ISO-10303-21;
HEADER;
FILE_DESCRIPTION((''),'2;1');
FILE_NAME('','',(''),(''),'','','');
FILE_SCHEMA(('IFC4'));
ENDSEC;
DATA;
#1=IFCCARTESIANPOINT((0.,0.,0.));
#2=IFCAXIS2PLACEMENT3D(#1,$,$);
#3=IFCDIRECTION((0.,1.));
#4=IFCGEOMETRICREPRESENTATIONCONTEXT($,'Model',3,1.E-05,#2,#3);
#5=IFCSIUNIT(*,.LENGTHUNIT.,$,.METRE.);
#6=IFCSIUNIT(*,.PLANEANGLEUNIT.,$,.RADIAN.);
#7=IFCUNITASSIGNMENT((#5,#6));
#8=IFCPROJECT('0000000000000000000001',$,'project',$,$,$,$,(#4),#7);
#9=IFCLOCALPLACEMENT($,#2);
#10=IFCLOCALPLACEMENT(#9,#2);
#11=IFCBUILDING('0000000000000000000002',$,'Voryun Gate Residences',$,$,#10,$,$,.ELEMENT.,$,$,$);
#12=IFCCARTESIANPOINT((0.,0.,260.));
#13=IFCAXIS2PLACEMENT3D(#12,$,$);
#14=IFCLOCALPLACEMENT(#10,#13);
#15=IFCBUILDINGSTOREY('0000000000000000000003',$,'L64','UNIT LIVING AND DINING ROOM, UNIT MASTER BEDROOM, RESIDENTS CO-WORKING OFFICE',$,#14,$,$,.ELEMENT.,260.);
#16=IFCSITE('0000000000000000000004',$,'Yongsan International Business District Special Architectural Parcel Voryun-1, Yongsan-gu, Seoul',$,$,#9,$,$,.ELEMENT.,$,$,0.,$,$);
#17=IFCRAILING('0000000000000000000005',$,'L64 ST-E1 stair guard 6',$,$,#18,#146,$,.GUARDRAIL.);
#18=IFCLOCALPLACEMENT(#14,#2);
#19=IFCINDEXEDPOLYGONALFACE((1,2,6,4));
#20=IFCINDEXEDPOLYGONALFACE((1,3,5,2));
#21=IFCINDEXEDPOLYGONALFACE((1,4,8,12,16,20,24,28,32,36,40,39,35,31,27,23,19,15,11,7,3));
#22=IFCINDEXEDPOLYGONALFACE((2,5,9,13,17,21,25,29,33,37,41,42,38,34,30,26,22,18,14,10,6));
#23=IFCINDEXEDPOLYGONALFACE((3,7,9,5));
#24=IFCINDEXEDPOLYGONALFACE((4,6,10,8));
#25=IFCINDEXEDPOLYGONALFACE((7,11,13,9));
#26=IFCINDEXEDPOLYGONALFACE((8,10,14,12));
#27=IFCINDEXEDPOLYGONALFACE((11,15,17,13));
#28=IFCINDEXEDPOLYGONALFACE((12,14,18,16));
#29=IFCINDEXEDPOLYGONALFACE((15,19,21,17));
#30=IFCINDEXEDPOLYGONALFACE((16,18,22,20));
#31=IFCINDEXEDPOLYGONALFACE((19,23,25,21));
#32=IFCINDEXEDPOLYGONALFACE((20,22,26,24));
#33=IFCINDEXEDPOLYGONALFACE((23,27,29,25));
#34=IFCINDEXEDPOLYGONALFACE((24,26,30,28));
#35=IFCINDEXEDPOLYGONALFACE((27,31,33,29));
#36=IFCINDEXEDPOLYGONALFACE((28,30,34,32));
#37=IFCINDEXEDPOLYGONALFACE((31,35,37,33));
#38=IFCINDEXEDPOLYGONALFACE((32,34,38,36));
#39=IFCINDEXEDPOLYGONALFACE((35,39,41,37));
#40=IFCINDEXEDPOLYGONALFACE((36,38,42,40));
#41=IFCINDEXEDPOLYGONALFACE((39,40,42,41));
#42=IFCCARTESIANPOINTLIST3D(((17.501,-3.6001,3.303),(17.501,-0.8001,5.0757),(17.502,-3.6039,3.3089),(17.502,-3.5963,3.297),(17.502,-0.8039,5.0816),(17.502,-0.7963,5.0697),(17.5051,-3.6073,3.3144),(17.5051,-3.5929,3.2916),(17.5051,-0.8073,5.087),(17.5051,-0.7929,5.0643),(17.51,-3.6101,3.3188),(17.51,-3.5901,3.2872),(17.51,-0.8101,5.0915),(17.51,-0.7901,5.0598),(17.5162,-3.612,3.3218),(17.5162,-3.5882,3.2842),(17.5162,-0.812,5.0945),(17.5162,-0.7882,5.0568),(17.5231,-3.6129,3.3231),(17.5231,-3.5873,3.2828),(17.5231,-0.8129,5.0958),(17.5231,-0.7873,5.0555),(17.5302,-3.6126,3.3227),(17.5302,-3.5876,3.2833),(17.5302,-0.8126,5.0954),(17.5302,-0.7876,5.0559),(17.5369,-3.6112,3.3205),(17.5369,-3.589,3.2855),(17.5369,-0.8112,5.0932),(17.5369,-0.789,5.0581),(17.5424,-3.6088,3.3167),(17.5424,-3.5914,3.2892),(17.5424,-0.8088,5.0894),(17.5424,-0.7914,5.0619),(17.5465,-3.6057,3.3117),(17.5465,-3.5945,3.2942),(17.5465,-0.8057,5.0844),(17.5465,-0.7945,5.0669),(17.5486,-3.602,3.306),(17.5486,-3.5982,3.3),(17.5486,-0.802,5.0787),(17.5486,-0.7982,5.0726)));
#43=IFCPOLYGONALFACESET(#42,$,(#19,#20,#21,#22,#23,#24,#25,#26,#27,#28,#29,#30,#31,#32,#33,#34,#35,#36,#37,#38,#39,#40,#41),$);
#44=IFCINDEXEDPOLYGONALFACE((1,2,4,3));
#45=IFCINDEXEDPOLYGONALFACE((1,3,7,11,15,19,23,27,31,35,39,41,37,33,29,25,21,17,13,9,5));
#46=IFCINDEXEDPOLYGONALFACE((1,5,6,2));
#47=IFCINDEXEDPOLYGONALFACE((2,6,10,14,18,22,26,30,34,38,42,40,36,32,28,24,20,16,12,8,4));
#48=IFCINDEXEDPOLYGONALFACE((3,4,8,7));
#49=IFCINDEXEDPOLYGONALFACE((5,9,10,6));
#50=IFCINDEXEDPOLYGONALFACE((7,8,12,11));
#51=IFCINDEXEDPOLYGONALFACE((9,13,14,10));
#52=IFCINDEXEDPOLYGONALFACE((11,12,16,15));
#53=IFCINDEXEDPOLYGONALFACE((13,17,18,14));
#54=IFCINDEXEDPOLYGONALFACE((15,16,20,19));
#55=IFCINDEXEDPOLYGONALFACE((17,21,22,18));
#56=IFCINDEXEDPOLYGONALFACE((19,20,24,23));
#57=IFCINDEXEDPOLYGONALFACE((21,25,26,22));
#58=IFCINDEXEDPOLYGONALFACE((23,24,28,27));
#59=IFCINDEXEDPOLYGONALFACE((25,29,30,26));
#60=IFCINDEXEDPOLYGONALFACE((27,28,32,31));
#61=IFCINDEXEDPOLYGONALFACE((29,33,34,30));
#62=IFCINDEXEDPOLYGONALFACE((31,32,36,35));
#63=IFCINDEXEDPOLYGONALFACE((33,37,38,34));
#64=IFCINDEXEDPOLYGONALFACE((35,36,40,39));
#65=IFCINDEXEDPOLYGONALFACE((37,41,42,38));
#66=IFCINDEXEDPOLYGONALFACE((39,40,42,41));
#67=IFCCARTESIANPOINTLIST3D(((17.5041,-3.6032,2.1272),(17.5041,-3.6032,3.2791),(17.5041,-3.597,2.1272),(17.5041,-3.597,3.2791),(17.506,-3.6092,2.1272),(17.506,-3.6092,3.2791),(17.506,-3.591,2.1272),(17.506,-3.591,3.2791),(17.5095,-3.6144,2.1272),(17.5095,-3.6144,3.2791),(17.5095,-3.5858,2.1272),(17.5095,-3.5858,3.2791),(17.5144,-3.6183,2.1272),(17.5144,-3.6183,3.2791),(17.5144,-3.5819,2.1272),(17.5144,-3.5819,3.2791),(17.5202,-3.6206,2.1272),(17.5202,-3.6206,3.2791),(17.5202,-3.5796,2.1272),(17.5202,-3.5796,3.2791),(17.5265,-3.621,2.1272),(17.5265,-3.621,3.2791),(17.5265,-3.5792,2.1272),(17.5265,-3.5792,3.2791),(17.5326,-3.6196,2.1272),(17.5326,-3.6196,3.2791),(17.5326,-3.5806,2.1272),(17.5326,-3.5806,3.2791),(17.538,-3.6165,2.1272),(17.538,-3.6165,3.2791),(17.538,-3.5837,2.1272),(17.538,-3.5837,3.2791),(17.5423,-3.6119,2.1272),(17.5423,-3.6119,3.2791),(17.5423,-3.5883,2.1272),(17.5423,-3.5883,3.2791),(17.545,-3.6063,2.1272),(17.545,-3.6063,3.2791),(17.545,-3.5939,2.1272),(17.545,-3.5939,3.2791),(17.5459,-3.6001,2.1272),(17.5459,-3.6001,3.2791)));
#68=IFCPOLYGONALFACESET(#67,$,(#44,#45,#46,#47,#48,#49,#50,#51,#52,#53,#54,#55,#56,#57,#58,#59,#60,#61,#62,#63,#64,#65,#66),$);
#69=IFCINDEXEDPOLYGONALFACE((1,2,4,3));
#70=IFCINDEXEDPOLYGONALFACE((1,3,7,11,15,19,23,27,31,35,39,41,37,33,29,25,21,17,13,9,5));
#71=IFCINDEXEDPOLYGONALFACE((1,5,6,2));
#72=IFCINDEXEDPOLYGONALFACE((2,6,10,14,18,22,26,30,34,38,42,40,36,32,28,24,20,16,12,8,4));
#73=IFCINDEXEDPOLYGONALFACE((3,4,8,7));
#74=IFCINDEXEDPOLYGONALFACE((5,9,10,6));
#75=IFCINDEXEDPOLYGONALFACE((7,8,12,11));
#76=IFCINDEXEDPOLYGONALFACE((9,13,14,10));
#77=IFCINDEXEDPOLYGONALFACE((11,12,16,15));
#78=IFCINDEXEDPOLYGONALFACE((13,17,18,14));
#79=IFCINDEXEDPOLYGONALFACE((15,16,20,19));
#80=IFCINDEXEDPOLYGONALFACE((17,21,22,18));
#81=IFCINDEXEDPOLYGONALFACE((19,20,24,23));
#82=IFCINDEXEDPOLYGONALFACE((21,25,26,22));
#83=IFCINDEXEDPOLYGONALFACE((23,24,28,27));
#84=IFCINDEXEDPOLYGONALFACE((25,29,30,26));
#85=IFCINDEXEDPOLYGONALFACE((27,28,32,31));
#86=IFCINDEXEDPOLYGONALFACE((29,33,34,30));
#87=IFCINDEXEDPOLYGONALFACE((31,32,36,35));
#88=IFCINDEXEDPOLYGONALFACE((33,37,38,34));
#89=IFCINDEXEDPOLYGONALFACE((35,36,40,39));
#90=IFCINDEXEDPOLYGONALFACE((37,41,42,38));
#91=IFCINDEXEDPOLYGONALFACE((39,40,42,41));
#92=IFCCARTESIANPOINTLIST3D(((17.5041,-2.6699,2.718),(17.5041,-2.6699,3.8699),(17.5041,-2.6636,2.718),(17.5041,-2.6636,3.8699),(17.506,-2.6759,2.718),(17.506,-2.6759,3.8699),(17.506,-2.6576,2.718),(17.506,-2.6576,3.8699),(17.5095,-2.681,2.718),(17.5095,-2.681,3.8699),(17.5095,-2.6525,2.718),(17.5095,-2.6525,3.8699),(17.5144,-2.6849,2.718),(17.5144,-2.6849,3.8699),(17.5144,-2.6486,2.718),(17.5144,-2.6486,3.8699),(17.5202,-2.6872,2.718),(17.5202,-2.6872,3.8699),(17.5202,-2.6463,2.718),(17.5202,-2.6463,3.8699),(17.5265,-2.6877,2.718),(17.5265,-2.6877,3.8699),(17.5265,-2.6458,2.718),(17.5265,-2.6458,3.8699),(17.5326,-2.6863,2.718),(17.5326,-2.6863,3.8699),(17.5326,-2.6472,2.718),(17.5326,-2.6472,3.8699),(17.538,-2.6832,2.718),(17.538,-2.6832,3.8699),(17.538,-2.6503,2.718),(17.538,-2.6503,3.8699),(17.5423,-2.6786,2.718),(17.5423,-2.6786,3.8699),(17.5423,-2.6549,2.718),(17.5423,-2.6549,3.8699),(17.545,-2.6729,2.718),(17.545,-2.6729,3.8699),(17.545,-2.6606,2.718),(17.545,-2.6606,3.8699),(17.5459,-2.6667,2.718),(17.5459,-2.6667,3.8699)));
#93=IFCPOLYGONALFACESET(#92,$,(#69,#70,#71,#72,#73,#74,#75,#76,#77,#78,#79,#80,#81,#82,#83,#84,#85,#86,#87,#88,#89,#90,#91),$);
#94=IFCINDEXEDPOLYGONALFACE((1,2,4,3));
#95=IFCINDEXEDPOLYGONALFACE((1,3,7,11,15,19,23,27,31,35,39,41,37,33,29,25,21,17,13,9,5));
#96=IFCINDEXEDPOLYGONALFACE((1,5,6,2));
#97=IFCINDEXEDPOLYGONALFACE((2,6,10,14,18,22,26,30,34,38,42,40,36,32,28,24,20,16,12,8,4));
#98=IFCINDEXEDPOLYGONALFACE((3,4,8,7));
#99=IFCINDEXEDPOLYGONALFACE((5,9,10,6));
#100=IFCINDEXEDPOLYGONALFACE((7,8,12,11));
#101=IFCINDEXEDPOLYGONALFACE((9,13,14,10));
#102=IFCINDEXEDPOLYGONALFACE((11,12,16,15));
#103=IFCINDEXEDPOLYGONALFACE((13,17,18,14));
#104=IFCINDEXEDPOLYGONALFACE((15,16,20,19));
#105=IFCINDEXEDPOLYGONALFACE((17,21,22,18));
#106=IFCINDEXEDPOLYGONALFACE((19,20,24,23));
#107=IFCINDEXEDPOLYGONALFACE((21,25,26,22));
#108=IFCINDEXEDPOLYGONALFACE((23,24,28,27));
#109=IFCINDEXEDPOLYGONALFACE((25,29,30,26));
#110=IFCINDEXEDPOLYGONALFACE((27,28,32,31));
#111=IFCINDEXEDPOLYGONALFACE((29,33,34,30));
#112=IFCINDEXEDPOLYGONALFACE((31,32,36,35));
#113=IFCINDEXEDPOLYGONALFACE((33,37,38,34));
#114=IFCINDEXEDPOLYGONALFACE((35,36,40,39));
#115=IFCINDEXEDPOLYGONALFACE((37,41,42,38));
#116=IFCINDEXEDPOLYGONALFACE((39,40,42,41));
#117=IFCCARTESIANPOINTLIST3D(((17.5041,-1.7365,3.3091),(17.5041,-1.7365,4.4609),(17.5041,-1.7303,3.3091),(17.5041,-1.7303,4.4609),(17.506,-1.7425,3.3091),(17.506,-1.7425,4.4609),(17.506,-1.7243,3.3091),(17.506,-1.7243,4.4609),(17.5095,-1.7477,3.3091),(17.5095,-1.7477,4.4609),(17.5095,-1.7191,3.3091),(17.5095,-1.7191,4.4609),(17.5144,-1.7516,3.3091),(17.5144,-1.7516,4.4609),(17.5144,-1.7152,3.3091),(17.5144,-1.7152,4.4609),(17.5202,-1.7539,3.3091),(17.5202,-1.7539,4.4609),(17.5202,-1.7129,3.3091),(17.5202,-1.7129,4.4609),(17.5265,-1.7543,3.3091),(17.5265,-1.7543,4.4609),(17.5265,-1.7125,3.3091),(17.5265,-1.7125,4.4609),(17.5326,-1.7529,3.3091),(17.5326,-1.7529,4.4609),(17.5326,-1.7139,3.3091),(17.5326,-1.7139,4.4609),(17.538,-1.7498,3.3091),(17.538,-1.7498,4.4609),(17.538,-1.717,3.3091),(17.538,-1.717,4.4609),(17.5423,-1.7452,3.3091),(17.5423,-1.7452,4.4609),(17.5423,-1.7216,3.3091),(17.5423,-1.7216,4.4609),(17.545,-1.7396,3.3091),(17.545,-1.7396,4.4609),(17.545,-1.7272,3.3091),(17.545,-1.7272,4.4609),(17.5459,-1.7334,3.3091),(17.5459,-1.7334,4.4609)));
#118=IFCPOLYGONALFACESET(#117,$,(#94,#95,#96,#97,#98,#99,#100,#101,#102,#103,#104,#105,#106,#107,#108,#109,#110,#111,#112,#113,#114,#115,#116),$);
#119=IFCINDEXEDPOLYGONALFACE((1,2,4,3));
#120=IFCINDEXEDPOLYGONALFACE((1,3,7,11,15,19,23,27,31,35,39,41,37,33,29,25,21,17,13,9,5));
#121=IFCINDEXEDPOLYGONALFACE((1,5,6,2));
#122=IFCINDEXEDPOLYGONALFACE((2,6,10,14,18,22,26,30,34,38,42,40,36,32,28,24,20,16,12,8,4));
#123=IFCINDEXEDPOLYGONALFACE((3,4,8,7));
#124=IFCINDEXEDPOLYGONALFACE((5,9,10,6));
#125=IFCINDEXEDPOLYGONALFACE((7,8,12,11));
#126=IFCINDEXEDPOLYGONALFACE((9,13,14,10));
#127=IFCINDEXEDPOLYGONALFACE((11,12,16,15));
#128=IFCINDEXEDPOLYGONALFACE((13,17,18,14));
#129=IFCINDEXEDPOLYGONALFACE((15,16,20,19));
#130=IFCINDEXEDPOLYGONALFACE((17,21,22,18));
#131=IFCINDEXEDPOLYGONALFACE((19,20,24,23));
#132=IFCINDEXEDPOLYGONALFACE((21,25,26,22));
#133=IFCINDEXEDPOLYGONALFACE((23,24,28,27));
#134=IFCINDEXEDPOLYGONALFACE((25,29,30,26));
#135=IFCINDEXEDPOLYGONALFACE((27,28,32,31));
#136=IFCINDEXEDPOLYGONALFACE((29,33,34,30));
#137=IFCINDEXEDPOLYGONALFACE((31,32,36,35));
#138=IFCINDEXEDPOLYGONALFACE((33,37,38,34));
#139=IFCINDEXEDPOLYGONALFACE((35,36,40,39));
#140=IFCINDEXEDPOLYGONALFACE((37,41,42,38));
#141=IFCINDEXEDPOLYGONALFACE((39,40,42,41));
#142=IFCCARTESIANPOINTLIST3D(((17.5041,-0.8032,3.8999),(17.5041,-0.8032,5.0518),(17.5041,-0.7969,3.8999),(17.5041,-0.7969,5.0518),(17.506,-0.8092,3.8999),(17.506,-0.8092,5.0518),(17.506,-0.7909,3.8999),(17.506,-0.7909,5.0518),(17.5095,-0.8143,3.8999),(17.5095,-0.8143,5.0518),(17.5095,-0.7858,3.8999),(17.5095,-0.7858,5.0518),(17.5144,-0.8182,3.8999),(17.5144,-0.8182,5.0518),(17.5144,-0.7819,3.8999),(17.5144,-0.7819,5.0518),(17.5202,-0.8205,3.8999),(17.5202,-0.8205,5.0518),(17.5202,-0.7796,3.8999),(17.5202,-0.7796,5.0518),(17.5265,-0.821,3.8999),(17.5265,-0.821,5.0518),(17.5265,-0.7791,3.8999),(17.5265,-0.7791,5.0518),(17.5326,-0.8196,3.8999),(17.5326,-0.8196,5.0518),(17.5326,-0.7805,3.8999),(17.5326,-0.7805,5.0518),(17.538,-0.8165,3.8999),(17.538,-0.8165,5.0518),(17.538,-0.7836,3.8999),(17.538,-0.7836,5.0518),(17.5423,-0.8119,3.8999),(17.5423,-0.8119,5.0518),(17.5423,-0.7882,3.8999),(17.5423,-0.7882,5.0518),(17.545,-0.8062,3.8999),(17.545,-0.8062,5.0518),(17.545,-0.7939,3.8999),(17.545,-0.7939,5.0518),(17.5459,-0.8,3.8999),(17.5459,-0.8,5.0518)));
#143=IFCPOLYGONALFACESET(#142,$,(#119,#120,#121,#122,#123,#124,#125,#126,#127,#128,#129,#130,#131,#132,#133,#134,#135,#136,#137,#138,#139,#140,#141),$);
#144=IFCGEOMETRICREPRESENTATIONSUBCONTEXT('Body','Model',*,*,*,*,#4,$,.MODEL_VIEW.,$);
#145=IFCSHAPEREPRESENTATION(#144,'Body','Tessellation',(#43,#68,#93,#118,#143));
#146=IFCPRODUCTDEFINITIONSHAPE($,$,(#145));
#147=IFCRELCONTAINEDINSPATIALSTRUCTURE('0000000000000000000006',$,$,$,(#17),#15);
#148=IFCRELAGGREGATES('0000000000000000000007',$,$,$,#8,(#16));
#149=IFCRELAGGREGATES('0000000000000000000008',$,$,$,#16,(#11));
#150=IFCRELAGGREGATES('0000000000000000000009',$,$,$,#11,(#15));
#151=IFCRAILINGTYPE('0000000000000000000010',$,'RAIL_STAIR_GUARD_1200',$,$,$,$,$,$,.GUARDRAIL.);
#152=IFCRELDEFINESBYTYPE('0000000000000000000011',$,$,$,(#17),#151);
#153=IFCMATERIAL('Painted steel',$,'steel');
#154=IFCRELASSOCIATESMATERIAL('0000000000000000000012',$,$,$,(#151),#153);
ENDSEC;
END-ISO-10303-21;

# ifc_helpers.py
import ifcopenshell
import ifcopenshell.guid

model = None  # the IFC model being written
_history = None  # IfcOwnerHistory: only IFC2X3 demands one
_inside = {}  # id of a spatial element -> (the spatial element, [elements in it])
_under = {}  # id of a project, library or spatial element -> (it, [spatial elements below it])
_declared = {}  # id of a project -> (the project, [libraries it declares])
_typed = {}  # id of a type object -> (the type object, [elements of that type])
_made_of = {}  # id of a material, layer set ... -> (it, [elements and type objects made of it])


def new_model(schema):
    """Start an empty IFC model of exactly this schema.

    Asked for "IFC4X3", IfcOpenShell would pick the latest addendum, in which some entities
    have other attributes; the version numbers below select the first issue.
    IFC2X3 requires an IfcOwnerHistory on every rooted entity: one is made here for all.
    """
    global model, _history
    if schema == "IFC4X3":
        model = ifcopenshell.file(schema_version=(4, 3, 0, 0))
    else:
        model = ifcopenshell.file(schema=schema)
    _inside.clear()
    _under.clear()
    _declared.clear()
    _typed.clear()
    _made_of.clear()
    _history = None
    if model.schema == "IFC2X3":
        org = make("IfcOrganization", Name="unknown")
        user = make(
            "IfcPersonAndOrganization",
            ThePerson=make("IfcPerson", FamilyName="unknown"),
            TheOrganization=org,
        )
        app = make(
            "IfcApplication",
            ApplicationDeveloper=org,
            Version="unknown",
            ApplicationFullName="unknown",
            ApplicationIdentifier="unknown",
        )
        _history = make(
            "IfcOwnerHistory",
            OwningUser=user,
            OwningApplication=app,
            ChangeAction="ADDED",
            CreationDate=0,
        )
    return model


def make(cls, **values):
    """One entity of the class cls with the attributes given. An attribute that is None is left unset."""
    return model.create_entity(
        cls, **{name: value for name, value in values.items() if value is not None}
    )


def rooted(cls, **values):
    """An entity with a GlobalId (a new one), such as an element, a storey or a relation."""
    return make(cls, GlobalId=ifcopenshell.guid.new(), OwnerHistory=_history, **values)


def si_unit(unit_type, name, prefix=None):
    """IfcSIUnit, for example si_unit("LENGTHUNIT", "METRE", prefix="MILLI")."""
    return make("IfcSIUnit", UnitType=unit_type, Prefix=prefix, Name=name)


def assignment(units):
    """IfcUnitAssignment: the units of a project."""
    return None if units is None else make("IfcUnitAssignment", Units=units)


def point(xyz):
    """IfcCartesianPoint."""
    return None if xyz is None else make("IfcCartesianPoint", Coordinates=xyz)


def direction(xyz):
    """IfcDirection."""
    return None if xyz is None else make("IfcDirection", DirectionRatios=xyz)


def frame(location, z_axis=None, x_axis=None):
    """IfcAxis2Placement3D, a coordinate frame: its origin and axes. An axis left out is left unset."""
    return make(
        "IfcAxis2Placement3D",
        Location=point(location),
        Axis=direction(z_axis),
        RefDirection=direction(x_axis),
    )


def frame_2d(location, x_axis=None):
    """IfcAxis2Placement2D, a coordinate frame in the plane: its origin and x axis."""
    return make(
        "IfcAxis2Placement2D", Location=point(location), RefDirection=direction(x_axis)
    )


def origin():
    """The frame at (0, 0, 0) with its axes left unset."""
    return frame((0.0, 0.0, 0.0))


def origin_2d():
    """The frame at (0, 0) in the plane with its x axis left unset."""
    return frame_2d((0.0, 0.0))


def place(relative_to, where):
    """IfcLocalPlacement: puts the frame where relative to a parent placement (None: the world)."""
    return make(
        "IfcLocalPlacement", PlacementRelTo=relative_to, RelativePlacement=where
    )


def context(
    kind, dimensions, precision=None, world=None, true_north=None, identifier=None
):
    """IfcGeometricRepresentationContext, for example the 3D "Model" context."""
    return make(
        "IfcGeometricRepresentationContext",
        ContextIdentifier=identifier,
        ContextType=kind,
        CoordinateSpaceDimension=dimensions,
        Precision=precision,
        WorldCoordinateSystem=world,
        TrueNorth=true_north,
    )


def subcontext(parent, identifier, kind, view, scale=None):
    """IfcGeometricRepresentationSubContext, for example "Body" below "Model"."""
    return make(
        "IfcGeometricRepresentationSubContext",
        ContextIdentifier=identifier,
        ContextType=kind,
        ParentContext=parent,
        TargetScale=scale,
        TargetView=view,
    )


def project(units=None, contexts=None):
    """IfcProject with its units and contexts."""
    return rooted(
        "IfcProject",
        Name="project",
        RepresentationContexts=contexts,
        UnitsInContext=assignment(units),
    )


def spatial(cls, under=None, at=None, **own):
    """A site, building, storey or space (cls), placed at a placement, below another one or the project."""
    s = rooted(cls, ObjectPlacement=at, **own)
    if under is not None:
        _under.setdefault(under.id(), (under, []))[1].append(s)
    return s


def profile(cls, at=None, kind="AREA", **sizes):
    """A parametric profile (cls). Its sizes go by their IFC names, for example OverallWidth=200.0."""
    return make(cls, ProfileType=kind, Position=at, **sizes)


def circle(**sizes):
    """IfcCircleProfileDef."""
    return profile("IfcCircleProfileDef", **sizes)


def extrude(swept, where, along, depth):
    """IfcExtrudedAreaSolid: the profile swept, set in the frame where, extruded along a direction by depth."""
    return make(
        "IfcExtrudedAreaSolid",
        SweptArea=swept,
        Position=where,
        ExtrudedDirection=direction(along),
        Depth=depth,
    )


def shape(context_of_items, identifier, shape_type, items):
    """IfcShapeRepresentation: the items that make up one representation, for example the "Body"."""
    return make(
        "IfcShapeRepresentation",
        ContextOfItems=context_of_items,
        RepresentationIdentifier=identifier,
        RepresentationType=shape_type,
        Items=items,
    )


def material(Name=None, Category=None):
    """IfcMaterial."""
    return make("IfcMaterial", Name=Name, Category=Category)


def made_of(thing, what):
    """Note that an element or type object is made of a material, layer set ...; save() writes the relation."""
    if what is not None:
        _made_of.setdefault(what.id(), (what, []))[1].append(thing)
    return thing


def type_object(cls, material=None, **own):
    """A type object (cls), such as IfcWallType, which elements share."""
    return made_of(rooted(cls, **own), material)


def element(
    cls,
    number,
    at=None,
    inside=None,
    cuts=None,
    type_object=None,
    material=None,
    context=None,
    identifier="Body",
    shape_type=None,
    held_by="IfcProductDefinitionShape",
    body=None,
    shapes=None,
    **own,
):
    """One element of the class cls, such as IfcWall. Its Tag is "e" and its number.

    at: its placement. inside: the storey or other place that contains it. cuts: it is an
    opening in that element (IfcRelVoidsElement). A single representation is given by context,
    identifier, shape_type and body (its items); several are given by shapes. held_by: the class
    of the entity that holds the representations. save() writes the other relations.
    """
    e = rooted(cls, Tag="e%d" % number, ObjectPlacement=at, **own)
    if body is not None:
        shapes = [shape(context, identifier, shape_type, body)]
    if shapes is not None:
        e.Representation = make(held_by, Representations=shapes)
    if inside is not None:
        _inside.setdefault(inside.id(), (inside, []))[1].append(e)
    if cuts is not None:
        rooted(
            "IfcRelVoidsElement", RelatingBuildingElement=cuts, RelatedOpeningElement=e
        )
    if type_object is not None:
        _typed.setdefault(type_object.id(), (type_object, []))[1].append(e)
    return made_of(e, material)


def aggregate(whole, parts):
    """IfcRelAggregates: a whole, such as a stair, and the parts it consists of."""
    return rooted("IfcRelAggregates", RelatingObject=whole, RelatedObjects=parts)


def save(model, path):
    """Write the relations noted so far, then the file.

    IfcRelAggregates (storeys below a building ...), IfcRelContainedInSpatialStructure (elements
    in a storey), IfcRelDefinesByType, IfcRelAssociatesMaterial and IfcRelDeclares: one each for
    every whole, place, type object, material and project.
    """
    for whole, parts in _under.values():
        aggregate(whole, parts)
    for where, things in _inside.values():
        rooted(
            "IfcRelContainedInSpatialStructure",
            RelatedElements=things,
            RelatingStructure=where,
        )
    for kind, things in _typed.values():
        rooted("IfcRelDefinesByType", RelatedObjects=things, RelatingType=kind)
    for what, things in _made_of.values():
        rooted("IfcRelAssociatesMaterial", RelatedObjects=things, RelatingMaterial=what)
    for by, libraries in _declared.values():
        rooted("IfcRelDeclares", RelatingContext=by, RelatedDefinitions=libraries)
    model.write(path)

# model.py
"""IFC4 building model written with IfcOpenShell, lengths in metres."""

from ifc_helpers import new_model, si_unit, direction, frame, origin, origin_2d, place, context, subcontext, project, spatial, circle, extrude, material, type_object, element, save


model = new_model("IFC4")

# Units and contexts
model_context = context("Model", 3, precision=1e-05, world=origin(), true_north=direction((0.0, 1.0)))
body_context = subcontext(model_context, "Body", "Model", "MODEL_VIEW")
ifc_project = project(units=[si_unit("LENGTHUNIT", "METRE"), si_unit("PLANEANGLEUNIT", "RADIAN")], contexts=[model_context])

# Site, building, storey
site_placement = place(None, origin())
site = spatial("IfcSite", under=ifc_project, at=site_placement, Name="Yongsan International Business District Special Architectural Parcel Voryun-1, Yongsan-gu, Seoul", CompositionType="ELEMENT", RefElevation=0.0)
building_placement = place(site_placement, origin())
building = spatial("IfcBuilding", under=site, at=building_placement, Name="Voryun Gate Residences", CompositionType="ELEMENT")
storey_placement = place(building_placement, frame((0.0, 0.0, 260.0)))
storey = spatial("IfcBuildingStorey", under=building, at=storey_placement, Name="L64", Description="UNIT LIVING AND DINING ROOM, UNIT MASTER BEDROOM, RESIDENTS CO-WORKING OFFICE", CompositionType="ELEMENT", Elevation=260.0)

# Railing
ifc_material_1 = material(Name="Painted steel", Category="steel")
railing_type_1 = type_object("IfcRailingType", Name="RAIL_STAIR_GUARD_1200", PredefinedType="GUARDRAIL", material=ifc_material_1)
railing_1_placement = place(storey_placement, frame((17.5249, -3.6001, 2.1272)))
element("IfcRailing", 1, at=railing_1_placement, inside=storey, type_object=railing_type_1, Name="L64 ST-E1 stair guard 6", PredefinedType="GUARDRAIL", context=body_context, shape_type="SweptSolid", body=[
    extrude(circle(Radius=0.0239, at=origin_2d()), frame((0.0, 0.0, 1.1758), z_axis=(0.0, 0.844909, 0.53491), x_axis=(-1.0, 0.0, 0.0)), (0.0, 0.0, 1.0), 3.314),
    extrude(circle(Radius=0.021, at=origin_2d()), origin(), (0.0, 0.0, 1.0), 1.1519),
    extrude(circle(Radius=0.021, at=origin_2d()), frame((0.0, 0.9333, 0.5908)), (0.0, 0.0, 1.0), 1.1519),
    extrude(circle(Radius=0.021, at=origin_2d()), frame((0.0, 1.8667, 1.1819)), (0.0, 0.0, 1.0), 1.1519),
    extrude(circle(Radius=0.021, at=origin_2d()), frame((0.0, 2.8, 1.7727)), (0.0, 0.0, 1.0), 1.1519),
])

save(model, "model.ifc")
